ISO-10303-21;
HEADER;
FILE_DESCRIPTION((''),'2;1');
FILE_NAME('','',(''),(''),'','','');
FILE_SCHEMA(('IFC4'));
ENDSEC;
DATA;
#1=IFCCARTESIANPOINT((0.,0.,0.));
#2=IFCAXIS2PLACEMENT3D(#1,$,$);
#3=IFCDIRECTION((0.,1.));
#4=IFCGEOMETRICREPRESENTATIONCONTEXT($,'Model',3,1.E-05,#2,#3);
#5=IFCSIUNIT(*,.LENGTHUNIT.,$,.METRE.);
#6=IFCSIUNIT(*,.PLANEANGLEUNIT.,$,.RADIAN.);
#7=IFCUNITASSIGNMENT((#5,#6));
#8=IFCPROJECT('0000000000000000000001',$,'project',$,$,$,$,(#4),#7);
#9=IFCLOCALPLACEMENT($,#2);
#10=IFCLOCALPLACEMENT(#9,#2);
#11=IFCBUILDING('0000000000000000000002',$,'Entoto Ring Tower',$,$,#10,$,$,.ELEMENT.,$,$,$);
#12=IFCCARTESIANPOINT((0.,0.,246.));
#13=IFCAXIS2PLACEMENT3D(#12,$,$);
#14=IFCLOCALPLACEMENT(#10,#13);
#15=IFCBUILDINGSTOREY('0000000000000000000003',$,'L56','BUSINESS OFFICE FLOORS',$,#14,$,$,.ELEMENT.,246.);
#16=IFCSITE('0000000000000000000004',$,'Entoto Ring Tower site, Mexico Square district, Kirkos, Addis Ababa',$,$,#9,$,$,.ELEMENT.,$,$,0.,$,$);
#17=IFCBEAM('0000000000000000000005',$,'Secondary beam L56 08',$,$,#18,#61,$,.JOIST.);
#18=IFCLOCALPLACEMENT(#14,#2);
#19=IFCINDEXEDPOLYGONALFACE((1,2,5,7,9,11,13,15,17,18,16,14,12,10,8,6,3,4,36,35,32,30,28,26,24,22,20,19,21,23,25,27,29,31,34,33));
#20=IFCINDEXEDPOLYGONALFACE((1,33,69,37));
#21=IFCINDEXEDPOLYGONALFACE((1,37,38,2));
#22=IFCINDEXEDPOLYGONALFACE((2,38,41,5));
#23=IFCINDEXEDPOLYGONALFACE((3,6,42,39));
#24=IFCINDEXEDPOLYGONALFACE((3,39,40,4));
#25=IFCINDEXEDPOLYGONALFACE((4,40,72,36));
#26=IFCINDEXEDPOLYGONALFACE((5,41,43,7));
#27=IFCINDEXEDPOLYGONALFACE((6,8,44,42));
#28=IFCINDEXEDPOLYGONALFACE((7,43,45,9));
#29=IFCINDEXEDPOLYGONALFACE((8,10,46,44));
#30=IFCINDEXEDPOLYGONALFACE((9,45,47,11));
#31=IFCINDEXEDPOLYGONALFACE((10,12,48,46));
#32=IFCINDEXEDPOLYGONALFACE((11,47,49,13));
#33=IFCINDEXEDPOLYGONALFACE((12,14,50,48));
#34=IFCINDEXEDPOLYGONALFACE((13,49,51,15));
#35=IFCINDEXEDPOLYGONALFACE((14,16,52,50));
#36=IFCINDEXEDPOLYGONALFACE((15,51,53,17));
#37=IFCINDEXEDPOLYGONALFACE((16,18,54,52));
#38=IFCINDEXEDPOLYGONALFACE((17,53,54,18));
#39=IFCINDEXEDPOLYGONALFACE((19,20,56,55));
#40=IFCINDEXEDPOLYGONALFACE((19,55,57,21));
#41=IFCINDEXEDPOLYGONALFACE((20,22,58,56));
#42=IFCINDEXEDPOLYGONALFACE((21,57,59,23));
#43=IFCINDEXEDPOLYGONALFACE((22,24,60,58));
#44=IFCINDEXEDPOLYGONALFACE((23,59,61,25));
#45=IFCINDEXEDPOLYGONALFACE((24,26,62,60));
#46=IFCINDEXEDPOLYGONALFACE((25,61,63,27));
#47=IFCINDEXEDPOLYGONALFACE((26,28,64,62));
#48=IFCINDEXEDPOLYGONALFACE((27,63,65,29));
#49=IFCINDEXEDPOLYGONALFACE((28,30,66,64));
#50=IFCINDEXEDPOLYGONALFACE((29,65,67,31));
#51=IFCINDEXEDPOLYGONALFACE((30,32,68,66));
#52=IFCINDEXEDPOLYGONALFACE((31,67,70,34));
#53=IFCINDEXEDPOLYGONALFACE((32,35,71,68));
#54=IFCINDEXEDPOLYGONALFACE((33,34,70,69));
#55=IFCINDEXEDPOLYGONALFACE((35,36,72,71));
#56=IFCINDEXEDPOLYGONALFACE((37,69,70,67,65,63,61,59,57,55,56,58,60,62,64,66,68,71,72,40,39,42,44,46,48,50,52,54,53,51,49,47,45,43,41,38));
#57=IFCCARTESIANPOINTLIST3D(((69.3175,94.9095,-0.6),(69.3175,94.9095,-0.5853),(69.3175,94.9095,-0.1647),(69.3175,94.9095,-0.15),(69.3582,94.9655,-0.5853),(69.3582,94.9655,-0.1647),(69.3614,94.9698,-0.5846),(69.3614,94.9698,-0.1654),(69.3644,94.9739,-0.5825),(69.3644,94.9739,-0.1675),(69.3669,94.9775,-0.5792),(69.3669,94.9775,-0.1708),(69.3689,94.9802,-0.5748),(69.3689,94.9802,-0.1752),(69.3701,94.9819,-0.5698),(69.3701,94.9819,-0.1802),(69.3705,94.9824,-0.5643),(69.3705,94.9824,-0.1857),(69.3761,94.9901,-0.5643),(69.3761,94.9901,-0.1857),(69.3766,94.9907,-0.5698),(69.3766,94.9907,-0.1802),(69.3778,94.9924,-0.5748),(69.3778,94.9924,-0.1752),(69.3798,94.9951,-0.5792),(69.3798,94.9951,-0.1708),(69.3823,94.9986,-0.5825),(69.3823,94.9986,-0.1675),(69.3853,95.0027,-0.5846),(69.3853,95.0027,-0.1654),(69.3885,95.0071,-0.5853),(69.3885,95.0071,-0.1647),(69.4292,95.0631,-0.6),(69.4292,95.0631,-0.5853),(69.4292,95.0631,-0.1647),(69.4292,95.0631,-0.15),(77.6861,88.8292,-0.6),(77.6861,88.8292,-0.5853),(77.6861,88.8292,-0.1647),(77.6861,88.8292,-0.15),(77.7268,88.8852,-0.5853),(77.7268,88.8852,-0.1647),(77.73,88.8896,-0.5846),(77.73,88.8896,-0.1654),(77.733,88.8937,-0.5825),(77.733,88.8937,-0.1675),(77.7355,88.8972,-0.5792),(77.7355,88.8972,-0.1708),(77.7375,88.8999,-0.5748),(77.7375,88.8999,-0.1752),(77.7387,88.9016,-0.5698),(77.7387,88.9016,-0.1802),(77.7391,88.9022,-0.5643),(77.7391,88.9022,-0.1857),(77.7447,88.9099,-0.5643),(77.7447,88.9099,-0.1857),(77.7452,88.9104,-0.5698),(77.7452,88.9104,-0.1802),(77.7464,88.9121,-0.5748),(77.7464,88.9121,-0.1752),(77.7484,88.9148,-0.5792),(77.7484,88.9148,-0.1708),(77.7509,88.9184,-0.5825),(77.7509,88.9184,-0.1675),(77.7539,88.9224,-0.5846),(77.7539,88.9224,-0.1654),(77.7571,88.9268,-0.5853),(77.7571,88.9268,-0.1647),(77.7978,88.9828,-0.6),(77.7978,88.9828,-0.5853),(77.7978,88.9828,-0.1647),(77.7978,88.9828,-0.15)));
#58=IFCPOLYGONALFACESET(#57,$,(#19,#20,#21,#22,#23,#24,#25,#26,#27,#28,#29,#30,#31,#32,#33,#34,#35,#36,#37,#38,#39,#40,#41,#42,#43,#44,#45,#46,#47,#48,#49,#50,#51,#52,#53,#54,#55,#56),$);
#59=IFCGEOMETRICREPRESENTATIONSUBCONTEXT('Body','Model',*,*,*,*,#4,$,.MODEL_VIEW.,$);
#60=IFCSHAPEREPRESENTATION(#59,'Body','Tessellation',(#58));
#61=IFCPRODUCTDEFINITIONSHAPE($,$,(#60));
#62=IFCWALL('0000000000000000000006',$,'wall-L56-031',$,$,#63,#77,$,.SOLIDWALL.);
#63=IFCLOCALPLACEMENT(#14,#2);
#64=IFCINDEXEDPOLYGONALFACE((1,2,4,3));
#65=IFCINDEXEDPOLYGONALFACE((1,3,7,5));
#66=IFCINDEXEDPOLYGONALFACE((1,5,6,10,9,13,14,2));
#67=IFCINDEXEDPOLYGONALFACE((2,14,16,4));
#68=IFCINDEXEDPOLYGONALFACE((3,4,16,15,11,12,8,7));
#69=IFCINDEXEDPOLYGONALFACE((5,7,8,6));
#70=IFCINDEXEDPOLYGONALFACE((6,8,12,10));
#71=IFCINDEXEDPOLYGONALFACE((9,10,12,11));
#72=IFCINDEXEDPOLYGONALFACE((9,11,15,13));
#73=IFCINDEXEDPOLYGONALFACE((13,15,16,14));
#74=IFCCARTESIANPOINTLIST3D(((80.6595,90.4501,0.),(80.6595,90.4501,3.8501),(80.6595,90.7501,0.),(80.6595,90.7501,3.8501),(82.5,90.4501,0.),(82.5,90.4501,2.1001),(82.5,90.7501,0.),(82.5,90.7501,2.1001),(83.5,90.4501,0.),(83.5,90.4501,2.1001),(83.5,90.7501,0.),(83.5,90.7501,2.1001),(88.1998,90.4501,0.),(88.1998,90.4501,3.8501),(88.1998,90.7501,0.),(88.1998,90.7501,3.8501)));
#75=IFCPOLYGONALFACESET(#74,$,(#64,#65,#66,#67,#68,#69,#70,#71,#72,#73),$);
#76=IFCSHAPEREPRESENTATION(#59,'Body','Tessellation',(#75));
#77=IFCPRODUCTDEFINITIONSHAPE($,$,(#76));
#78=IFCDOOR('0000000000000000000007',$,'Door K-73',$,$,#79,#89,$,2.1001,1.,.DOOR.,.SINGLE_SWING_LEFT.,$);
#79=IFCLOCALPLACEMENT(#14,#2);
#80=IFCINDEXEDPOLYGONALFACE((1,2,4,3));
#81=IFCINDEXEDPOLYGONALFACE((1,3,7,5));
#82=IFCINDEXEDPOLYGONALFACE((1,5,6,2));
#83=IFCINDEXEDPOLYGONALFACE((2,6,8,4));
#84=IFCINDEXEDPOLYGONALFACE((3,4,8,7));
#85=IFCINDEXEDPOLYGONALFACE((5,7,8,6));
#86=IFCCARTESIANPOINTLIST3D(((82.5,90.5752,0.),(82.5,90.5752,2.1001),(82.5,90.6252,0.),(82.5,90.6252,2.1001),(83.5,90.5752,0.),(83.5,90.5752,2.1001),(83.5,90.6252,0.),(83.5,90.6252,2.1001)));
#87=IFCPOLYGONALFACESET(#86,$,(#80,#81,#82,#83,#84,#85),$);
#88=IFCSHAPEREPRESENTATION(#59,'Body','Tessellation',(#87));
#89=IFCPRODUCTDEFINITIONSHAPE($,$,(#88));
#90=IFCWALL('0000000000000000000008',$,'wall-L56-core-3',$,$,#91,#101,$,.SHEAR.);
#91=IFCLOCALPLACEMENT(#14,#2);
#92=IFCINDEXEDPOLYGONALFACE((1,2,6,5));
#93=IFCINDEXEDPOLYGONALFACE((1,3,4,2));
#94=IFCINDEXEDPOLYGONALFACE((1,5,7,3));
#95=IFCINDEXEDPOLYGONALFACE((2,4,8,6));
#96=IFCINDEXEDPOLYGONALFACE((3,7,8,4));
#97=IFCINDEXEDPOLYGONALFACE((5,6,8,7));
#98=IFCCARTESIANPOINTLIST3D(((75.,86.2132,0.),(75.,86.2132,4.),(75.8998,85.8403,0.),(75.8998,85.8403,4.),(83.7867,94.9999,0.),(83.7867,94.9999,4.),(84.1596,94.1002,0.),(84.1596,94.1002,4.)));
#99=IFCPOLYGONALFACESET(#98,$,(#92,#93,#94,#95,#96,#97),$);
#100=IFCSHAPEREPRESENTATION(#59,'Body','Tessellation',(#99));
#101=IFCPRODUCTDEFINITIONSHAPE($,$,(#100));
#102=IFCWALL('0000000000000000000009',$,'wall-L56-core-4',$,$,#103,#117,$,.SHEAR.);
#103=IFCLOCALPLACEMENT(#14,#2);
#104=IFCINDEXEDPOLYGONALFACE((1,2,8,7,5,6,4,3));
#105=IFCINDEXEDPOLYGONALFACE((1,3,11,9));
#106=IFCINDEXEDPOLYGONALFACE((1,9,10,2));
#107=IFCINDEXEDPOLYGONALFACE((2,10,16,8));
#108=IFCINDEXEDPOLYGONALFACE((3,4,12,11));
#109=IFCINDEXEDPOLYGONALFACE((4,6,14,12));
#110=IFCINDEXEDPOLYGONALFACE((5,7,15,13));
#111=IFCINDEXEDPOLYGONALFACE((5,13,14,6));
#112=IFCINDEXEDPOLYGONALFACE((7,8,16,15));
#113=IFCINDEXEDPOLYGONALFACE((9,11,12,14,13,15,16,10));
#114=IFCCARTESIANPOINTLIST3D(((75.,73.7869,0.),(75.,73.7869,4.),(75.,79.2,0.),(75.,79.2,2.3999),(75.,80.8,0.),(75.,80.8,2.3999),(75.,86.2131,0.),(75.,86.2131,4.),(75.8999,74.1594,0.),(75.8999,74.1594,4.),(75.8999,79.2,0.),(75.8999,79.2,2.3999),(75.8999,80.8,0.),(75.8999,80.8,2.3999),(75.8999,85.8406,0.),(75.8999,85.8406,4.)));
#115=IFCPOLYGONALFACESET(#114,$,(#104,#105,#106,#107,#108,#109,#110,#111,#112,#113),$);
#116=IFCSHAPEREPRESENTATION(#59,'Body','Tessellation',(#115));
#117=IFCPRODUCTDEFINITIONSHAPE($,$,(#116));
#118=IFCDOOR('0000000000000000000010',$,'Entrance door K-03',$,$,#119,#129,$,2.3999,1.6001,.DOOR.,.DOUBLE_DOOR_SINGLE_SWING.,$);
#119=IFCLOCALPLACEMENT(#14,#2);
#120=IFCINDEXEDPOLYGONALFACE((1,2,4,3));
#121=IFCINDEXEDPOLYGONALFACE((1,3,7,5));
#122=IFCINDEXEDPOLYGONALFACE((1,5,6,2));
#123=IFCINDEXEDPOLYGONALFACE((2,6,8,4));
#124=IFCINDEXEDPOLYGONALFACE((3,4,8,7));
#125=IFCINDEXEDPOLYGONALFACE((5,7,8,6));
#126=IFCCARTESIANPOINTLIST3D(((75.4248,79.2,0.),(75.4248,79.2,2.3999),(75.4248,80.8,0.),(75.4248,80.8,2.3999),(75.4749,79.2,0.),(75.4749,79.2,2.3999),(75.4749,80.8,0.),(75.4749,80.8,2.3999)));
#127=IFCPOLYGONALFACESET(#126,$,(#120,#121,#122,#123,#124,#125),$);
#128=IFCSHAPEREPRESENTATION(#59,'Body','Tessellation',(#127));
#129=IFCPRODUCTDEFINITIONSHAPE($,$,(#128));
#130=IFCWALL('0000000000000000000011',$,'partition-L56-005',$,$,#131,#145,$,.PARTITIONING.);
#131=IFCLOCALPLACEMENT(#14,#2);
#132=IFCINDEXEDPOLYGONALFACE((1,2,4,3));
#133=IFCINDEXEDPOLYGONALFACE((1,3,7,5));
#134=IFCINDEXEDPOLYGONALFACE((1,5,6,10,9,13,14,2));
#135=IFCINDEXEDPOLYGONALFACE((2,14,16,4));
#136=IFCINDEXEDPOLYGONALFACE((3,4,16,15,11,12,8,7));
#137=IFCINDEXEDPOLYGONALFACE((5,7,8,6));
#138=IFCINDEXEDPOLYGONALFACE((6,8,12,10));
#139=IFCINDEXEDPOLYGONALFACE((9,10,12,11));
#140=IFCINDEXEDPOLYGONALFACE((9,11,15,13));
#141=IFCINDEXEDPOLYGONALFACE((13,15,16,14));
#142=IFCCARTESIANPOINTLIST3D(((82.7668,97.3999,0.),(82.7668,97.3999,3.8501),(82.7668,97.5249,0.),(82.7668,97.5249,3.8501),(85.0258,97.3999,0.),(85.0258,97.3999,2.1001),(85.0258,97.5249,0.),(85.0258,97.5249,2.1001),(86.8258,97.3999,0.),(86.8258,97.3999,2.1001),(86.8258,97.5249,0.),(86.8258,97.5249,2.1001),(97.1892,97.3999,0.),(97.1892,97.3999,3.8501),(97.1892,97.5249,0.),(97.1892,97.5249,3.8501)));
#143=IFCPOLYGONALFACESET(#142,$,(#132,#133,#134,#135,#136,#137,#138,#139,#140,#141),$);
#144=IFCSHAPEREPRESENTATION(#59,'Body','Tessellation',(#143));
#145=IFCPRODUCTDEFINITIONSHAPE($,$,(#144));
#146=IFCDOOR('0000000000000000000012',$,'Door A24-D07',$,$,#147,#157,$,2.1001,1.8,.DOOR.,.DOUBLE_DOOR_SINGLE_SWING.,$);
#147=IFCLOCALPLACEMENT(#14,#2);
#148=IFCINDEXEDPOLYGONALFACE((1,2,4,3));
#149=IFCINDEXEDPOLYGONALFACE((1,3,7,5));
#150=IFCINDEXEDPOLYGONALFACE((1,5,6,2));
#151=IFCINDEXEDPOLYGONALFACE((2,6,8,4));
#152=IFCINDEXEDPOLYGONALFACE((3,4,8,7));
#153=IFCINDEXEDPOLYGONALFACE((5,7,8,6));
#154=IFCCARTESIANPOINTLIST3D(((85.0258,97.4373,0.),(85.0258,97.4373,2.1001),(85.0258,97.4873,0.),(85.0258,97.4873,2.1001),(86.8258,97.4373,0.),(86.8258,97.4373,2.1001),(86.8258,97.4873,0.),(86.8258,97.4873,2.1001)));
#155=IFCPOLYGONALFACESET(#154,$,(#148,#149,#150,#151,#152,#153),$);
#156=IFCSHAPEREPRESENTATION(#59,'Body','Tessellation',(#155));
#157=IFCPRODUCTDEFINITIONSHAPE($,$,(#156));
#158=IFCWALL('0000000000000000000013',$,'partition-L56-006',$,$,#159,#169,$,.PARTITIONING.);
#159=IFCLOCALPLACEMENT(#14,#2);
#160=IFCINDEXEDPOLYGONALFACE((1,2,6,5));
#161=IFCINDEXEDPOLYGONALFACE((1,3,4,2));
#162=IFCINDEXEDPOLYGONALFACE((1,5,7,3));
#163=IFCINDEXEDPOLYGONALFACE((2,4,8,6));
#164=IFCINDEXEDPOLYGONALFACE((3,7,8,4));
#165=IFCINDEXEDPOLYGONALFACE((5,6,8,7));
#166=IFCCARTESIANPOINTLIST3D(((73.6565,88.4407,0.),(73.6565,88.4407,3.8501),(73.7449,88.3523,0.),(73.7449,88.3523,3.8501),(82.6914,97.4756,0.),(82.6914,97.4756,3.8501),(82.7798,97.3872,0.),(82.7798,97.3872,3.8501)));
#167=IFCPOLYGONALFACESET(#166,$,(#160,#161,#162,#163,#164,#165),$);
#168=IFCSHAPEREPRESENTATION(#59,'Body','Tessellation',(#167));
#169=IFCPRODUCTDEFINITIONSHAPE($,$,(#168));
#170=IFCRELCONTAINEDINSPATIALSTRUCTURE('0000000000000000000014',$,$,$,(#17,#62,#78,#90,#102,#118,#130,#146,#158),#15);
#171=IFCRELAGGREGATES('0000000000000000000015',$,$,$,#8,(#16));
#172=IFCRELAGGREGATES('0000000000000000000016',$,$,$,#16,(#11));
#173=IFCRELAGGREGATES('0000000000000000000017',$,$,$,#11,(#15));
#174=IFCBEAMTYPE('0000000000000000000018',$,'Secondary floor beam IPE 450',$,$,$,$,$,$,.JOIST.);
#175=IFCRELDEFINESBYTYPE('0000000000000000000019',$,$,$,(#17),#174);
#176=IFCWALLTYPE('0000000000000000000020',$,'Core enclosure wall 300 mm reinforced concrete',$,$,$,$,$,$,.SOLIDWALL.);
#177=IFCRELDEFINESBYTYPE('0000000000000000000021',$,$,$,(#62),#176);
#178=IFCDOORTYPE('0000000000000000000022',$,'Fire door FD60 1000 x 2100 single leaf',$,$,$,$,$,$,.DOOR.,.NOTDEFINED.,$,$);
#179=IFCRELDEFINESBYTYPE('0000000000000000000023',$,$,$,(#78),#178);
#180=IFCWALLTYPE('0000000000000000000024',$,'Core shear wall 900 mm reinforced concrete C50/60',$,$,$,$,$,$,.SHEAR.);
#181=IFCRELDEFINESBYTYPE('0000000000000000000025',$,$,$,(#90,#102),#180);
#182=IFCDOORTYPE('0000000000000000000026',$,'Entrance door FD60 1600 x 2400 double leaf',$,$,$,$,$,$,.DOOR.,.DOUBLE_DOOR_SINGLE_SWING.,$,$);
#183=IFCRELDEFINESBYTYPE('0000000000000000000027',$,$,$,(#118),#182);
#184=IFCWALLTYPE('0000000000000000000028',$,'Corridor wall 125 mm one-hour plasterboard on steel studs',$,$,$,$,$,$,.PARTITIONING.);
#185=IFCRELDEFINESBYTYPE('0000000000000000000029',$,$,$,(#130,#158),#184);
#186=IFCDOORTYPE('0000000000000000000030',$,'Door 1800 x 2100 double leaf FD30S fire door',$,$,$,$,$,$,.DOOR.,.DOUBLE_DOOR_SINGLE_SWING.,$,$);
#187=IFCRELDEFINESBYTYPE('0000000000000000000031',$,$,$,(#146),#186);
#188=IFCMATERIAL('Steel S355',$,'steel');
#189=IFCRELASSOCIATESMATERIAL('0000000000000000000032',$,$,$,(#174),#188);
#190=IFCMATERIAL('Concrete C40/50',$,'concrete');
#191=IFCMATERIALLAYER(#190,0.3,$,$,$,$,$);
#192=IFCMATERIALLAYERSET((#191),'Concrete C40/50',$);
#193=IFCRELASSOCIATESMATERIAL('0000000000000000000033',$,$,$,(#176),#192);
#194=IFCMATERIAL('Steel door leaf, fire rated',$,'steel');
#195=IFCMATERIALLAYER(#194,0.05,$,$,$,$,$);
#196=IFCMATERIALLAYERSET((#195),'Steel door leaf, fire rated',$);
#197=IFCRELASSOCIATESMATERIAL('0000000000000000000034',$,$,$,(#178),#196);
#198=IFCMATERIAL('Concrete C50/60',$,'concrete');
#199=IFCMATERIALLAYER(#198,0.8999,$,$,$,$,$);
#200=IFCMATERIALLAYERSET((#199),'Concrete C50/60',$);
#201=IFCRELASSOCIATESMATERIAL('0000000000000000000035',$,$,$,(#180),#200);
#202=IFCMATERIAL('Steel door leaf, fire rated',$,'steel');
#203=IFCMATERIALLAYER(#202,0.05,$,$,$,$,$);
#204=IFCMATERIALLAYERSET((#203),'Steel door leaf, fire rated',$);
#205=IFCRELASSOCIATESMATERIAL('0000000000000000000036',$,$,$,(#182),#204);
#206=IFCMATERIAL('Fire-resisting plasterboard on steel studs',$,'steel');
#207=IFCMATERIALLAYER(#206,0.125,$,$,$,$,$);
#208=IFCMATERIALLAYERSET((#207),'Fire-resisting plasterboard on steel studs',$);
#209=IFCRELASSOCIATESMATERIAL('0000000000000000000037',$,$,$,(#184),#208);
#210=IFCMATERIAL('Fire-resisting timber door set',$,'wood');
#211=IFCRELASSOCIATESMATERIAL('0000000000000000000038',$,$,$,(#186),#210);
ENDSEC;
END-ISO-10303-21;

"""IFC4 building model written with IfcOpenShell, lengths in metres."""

from ifc_helpers import new_model, si_unit, direction, frame, frame_2d, origin, origin_2d, place, context, subcontext, project, spatial, polyline, rectangle, i_section, outline, extrude, material, layer, layer_set, material_profile, profile_set, type_object, element, fill, save


model = new_model("IFC4")

# Units and contexts
model_context = context("Model", 3, precision=1e-05, world=origin(), true_north=direction((0.0, 1.0)))
body_context = subcontext(model_context, "Body", "Model", "MODEL_VIEW")
ifc_project = project(units=[si_unit("LENGTHUNIT", "METRE"), si_unit("PLANEANGLEUNIT", "RADIAN")], contexts=[model_context])

# Site, building, storey
site_placement = place(None, origin())
site = spatial("IfcSite", under=ifc_project, at=site_placement, Name="Entoto Ring Tower site, Mexico Square district, Kirkos, Addis Ababa", CompositionType="ELEMENT", RefElevation=0.0)
building_placement = place(site_placement, origin())
building = spatial("IfcBuilding", under=site, at=building_placement, Name="Entoto Ring Tower", CompositionType="ELEMENT")
storey_placement = place(building_placement, frame((0.0, 0.0, 246.0)))
storey = spatial("IfcBuildingStorey", under=building, at=storey_placement, Name="L56", Description="BUSINESS OFFICE FLOORS", CompositionType="ELEMENT", Elevation=246.0)

# Beam
ifc_material_1 = material(Name="Steel S355", Category="steel")
ifc_material_profile_1 = material_profile(ifc_material_1, i_section(OverallWidth=0.1899, OverallDepth=0.45, WebThickness=0.0095, FlangeThickness=0.0146, FilletRadius=0.021, at=origin_2d()), Name="IPE 450")
ifc_profile_set_1 = profile_set([ifc_material_profile_1], Name="Steel S355")
beam_type_1 = type_object("IfcBeamType", Name="Secondary floor beam IPE 450", PredefinedType="JOIST", material=ifc_profile_set_1)
for number, where, z_axis, x_axis, name in (
    (1, (77.7419, 88.906, -0.375), (-0.809011, 0.587794, 0.0), (-0.587794, -0.809011, 0.0), "Secondary beam L56 08"),
):
    element("IfcBeam", number, at=place(storey_placement, frame(where, z_axis=z_axis, x_axis=x_axis)), inside=storey, type_object=beam_type_1, Name=name, PredefinedType="JOIST", context=body_context, shape_type="SweptSolid", body=[
        extrude(i_section(OverallWidth=0.1899, OverallDepth=0.45, WebThickness=0.0095, FlangeThickness=0.0146, FilletRadius=0.021, at=origin_2d()), origin(), (0.0, 0.0, 1.0), 10.3442),
    ])

# Wall, opening, door
ifc_material_2 = material(Name="Concrete C40/50", Category="concrete")
ifc_layer_1 = layer(ifc_material_2, 0.3)
ifc_layer_set_1 = layer_set([ifc_layer_1], Name="Concrete C40/50")
wall_type_1 = type_object("IfcWallType", Name="Core enclosure wall 300 mm reinforced concrete", PredefinedType="SOLIDWALL", material=ifc_layer_set_1)
wall_1_placement = place(storey_placement, frame((80.6597, 90.6001, 0.0), z_axis=(0.0, 0.0, 1.0), x_axis=(1.0, 0.0, 0.0)))
wall_1 = element("IfcWall", 2, at=wall_1_placement, inside=storey, type_object=wall_type_1, Name="wall-L56-031", PredefinedType="SOLIDWALL", context=body_context, shape_type="SweptSolid", body=[
    extrude(rectangle(XDim=7.5403, YDim=0.3, at=frame_2d((3.77, 0.0))), origin(), (0.0, 0.0, 1.0), 3.8501),
])
opening_1_placement = place(wall_1_placement, frame((1.8403, 0.0, 0.0)))
opening_1 = element("IfcOpeningElement", 3, at=opening_1_placement, cuts=wall_1, PredefinedType="OPENING", context=body_context, shape_type="SweptSolid", body=[
    extrude(rectangle(XDim=1.0, YDim=2.1001, at=frame_2d((0.5, 1.05))), frame((0.0, 0.1602, 0.0), z_axis=(0.0, -1.0, 0.0), x_axis=(1.0, 0.0, 0.0)), (0.0, 0.0, 1.0), 0.3201),
])
ifc_material_3 = material(Name="Steel door leaf, fire rated", Category="steel")
ifc_layer_2 = layer(ifc_material_3, 0.05)
ifc_layer_set_2 = layer_set([ifc_layer_2], Name="Steel door leaf, fire rated")
door_type_1 = type_object("IfcDoorType", Name="Fire door FD60 1000 x 2100 single leaf", OperationType="NOTDEFINED", PredefinedType="DOOR", material=ifc_layer_set_2)
door_1_placement = place(opening_1_placement, frame((1.0, 0.0, 0.0), z_axis=(0.0, 0.0, 1.0), x_axis=(-1.0, 0.0, 0.0)))
door_1 = element("IfcDoor", 4, at=door_1_placement, inside=storey, type_object=door_type_1, Name="Door K-73", OperationType="SINGLE_SWING_LEFT", OverallHeight=2.1001, OverallWidth=1.0, PredefinedType="DOOR", context=body_context, shape_type="SweptSolid", body=[
    extrude(rectangle(XDim=1.0, YDim=2.1001, at=frame_2d((0.5, 1.05))), frame((0.0, 0.0249, 0.0), z_axis=(0.0, -1.0, 0.0), x_axis=(1.0, 0.0, 0.0)), (0.0, 0.0, 1.0), 0.05),
])
fill(opening_1, door_1)

# Wall
ifc_material_4 = material(Name="Concrete C50/60", Category="concrete")
ifc_layer_3 = layer(ifc_material_4, 0.8999)
ifc_layer_set_3 = layer_set([ifc_layer_3], Name="Concrete C50/60")
wall_type_2 = type_object("IfcWallType", Name="Core shear wall 900 mm reinforced concrete C50/60", PredefinedType="SHEAR", material=ifc_layer_set_3)
wall_2_placement = place(storey_placement, frame((83.9731, 94.55, 0.0), z_axis=(0.0, 0.0, 1.0), x_axis=(-0.707107, -0.707107, 0.0)))
element("IfcWall", 5, at=wall_2_placement, inside=storey, type_object=wall_type_2, Name="wall-L56-core-3", PredefinedType="SHEAR", context=body_context, shape_type="SweptSolid", body=[
    extrude(outline(polyline([(-0.1863, -0.45), (12.24, -0.45), (11.8674, 0.45), (0.1863, 0.45), (-0.1863, -0.45)])), origin(), (0.0, 0.0, 1.0), 4.0),
])

# Walls, openings, doors
wall_3_placement = place(storey_placement, frame((75.45, 86.0269, 0.0), z_axis=(0.0, 0.0, 1.0), x_axis=(0.0, -1.0, 0.0)))
wall_3 = element("IfcWall", 6, at=wall_3_placement, inside=storey, type_object=wall_type_2, Name="wall-L56-core-4", PredefinedType="SHEAR", context=body_context, shape_type="SweptSolid", body=[
    extrude(outline(polyline([(-0.1863, -0.45), (12.24, -0.45), (11.8674, 0.45), (0.1863, 0.45), (-0.1863, -0.45)])), origin(), (0.0, 0.0, 1.0), 4.0),
])
opening_2_placement = place(wall_3_placement, frame((5.2268, 0.0, 0.0)))
opening_2 = element("IfcOpeningElement", 7, at=opening_2_placement, cuts=wall_3, PredefinedType="OPENING", context=body_context, shape_type="SweptSolid", body=[
    extrude(rectangle(XDim=1.6001, YDim=2.3999, at=frame_2d((0.8, 1.2))), frame((0.0, 0.46, 0.0), z_axis=(0.0, -1.0, 0.0), x_axis=(1.0, 0.0, 0.0)), (0.0, 0.0, 1.0), 0.9199),
])
ifc_material_5 = material(Name="Steel door leaf, fire rated", Category="steel")
ifc_layer_4 = layer(ifc_material_5, 0.05)
ifc_layer_set_4 = layer_set([ifc_layer_4], Name="Steel door leaf, fire rated")
door_type_2 = type_object("IfcDoorType", Name="Entrance door FD60 1600 x 2400 double leaf", OperationType="DOUBLE_DOOR_SINGLE_SWING", PredefinedType="DOOR", material=ifc_layer_set_4)
door_2_placement = place(opening_2_placement, origin())
door_2 = element("IfcDoor", 8, at=door_2_placement, inside=storey, type_object=door_type_2, Name="Entrance door K-03", OperationType="DOUBLE_DOOR_SINGLE_SWING", OverallHeight=2.3999, OverallWidth=1.6001, PredefinedType="DOOR", context=body_context, shape_type="SweptSolid", body=[
    extrude(rectangle(XDim=1.6001, YDim=2.3999, at=frame_2d((0.8, 1.2))), frame((0.0, 0.0249, 0.0), z_axis=(0.0, -1.0, 0.0), x_axis=(1.0, 0.0, 0.0)), (0.0, 0.0, 1.0), 0.05),
])
fill(opening_2, door_2)
ifc_material_6 = material(Name="Fire-resisting plasterboard on steel studs", Category="steel")
ifc_layer_5 = layer(ifc_material_6, 0.125)
ifc_layer_set_5 = layer_set([ifc_layer_5], Name="Fire-resisting plasterboard on steel studs")
wall_type_3 = type_object("IfcWallType", Name="Corridor wall 125 mm one-hour plasterboard on steel studs", PredefinedType="PARTITIONING", material=ifc_layer_set_5)
wall_4_placement = place(storey_placement, frame((82.7668, 97.4624, 0.0), z_axis=(0.0, 0.0, 1.0), x_axis=(1.0, 0.0, 0.0)))
wall_4 = element("IfcWall", 9, at=wall_4_placement, inside=storey, type_object=wall_type_3, Name="partition-L56-005", PredefinedType="PARTITIONING", context=body_context, shape_type="SweptSolid", body=[
    extrude(rectangle(XDim=14.4224, YDim=0.125, at=frame_2d((7.2112, 0.0))), origin(), (0.0, 0.0, 1.0), 3.8501),
])
opening_3_placement = place(wall_4_placement, frame((2.259, 0.0, 0.0)))
opening_3 = element("IfcOpeningElement", 10, at=opening_3_placement, cuts=wall_4, PredefinedType="OPENING", context=body_context, shape_type="SweptSolid", body=[
    extrude(rectangle(XDim=1.8, YDim=2.1001, at=frame_2d((0.8999, 1.05))), frame((0.0, 0.0725, 0.0), z_axis=(0.0, -1.0, 0.0), x_axis=(1.0, 0.0, 0.0)), (0.0, 0.0, 1.0), 0.145),
])
ifc_material_7 = material(Name="Fire-resisting timber door set", Category="wood")
door_type_3 = type_object("IfcDoorType", Name="Door 1800 x 2100 double leaf FD30S fire door", OperationType="DOUBLE_DOOR_SINGLE_SWING", PredefinedType="DOOR", material=ifc_material_7)
door_3_placement = place(opening_3_placement, origin())
door_3 = element("IfcDoor", 11, at=door_3_placement, inside=storey, type_object=door_type_3, Name="Door A24-D07", OperationType="DOUBLE_DOOR_SINGLE_SWING", OverallHeight=2.1001, OverallWidth=1.8, PredefinedType="DOOR", context=body_context, shape_type="SweptSolid", body=[
    extrude(rectangle(XDim=1.8, YDim=2.1001, at=frame_2d((0.8999, 1.05))), frame((0.0, 0.0249, 0.0), z_axis=(0.0, -1.0, 0.0), x_axis=(1.0, 0.0, 0.0)), (0.0, 0.0, 1.0), 0.05),
])
fill(opening_3, door_3)

# Wall
wall_5_placement = place(storey_placement, frame((73.7007, 88.3965, 0.0), z_axis=(0.0, 0.0, 1.0), x_axis=(0.707107, 0.707107, 0.0)))
element("IfcWall", 12, at=wall_5_placement, inside=storey, type_object=wall_type_3, Name="partition-L56-006", PredefinedType="PARTITIONING", context=body_context, shape_type="SweptSolid", body=[
    extrude(rectangle(XDim=12.7773, YDim=0.125, at=frame_2d((6.3887, 0.0))), origin(), (0.0, 0.0, 1.0), 3.8501),
])

save(model, "model.ifc")
